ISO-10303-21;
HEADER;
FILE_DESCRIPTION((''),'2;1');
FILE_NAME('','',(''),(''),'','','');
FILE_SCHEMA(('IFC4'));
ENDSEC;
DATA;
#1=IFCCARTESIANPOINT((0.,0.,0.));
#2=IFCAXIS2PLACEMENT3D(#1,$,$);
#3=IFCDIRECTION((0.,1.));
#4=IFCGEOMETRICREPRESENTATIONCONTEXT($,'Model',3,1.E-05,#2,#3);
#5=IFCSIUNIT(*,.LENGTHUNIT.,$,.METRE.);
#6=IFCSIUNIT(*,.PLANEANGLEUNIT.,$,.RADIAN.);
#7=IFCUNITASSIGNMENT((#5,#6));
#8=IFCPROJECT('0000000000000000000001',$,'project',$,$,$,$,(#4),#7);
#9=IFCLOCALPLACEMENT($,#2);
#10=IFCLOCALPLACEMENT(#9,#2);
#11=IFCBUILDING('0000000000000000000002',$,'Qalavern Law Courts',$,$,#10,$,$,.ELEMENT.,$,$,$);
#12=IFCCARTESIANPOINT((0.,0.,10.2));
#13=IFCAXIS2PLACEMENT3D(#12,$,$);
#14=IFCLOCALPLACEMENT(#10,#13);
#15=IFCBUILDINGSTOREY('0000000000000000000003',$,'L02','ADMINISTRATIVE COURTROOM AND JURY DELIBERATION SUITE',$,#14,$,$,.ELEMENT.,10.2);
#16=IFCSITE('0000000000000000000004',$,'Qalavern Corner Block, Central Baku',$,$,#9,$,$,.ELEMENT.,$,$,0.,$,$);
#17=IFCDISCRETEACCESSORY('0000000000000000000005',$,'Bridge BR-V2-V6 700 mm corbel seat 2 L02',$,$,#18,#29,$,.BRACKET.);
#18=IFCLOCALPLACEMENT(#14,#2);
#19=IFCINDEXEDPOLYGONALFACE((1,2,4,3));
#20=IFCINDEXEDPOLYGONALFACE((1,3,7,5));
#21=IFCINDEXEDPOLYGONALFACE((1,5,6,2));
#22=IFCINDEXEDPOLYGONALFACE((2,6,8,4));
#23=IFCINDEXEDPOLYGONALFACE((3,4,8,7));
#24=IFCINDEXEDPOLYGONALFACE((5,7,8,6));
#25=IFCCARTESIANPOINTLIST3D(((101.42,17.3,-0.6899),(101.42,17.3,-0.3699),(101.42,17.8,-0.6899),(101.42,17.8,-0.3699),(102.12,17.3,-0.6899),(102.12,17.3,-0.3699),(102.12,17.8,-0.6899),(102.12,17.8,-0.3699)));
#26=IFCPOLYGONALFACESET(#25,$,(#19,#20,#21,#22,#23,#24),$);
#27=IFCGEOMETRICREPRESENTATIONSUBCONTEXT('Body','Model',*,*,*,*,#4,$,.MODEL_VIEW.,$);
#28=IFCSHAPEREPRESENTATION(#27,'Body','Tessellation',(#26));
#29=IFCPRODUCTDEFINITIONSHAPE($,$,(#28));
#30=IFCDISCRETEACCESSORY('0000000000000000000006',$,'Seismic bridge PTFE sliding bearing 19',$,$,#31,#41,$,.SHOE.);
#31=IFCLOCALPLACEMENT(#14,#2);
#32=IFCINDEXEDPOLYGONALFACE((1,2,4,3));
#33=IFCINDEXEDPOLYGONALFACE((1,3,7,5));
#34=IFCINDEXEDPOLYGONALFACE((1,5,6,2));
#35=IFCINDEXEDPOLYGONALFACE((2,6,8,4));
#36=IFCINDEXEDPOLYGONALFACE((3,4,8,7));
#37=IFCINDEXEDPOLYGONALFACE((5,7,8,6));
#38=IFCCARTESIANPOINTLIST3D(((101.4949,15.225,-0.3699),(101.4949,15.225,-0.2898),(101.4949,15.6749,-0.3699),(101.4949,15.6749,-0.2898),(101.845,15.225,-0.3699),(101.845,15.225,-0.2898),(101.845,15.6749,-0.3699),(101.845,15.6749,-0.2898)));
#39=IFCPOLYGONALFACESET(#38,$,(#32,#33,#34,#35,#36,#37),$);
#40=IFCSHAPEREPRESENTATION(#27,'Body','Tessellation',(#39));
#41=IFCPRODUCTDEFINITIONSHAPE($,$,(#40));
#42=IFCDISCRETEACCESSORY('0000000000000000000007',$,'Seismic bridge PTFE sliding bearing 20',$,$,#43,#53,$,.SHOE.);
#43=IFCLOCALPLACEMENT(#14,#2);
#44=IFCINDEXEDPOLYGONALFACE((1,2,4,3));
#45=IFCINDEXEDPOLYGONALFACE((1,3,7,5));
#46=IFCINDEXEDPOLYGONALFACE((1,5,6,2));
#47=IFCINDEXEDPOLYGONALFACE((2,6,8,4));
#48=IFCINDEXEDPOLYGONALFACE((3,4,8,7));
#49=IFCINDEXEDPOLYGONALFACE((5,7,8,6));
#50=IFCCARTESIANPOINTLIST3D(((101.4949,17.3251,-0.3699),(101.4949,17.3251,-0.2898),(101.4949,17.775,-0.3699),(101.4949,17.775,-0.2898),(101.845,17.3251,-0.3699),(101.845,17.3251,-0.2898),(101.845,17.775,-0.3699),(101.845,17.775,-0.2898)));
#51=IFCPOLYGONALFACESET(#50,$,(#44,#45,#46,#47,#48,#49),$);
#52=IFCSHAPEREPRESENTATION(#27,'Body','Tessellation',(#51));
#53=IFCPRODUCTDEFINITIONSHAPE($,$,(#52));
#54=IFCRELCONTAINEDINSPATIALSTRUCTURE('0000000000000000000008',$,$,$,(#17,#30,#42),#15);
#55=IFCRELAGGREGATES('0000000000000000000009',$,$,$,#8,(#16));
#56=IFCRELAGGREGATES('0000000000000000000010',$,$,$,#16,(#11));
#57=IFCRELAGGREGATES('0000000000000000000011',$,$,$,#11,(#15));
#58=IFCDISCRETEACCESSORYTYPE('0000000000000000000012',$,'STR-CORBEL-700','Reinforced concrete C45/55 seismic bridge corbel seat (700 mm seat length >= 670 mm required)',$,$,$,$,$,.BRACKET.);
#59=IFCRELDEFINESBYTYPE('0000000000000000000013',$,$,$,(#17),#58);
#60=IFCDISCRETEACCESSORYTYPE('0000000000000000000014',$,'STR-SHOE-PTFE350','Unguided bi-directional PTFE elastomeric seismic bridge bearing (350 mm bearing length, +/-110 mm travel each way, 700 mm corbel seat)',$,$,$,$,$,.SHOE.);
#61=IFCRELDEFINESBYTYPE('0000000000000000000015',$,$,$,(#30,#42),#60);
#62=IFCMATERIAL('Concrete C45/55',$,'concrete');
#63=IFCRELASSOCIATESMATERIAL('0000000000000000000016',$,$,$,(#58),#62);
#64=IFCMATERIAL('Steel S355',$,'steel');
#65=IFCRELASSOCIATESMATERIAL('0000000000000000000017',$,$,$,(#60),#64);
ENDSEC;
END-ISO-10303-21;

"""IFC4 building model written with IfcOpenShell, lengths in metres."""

from ifc_helpers import new_model, si_unit, direction, frame, origin, origin_2d, place, context, subcontext, project, spatial, rectangle, extrude, material, type_object, element, save


model = new_model("IFC4")

# Units and contexts
model_context = context("Model", 3, precision=1e-05, world=origin(), true_north=direction((0.0, 1.0)))
body_context = subcontext(model_context, "Body", "Model", "MODEL_VIEW")
ifc_project = project(units=[si_unit("LENGTHUNIT", "METRE"), si_unit("PLANEANGLEUNIT", "RADIAN")], contexts=[model_context])

# Site, building, storey
site_placement = place(None, origin())
site = spatial("IfcSite", under=ifc_project, at=site_placement, Name="Qalavern Corner Block, Central Baku", CompositionType="ELEMENT", RefElevation=0.0)
building_placement = place(site_placement, origin())
building = spatial("IfcBuilding", under=site, at=building_placement, Name="Qalavern Law Courts", CompositionType="ELEMENT")
storey_placement = place(building_placement, frame((0.0, 0.0, 10.2)))
storey = spatial("IfcBuildingStorey", under=building, at=storey_placement, Name="L02", Description="ADMINISTRATIVE COURTROOM AND JURY DELIBERATION SUITE", CompositionType="ELEMENT", Elevation=10.2)

# Shared definitions
ifc_material_1 = material(Name="Concrete C45/55", Category="concrete")

# Shared definitions
ifc_material_2 = material(Name="Steel S355", Category="steel")

# Discrete accessories
discrete_accessory_type_1 = type_object("IfcDiscreteAccessoryType", Name="STR-CORBEL-700", Description="Reinforced concrete C45/55 seismic bridge corbel seat (700 mm seat length >= 670 mm required)", PredefinedType="BRACKET", material=ifc_material_1)
for number, where, z_axis, x_axis, name in (
    (1, (101.77, 17.55, -0.6899), (0.0, 0.0, 1.0), (1.0, 0.0, 0.0), "Bridge BR-V2-V6 700 mm corbel seat 2 L02"),
):
    element("IfcDiscreteAccessory", number, at=place(storey_placement, frame(where, z_axis=z_axis, x_axis=x_axis)), inside=storey, type_object=discrete_accessory_type_1, Name=name, PredefinedType="BRACKET", context=body_context, shape_type="SweptSolid", body=[
        extrude(rectangle(XDim=0.7, YDim=0.5, at=origin_2d()), origin(), (0.0, 0.0, 1.0), 0.3201),
    ])
discrete_accessory_type_2 = type_object("IfcDiscreteAccessoryType", Name="STR-SHOE-PTFE350", Description="Unguided bi-directional PTFE elastomeric seismic bridge bearing (350 mm bearing length, +/-110 mm travel each way, 700 mm corbel seat)", PredefinedType="SHOE", material=ifc_material_2)
for number, where, z_axis, x_axis, name in (
    (2, (101.6699, 15.45, -0.3699), (0.0, 0.0, 1.0), (1.0, 0.0, 0.0), "Seismic bridge PTFE sliding bearing 19"),
    (3, (101.6699, 17.55, -0.3699), (0.0, 0.0, 1.0), (1.0, 0.0, 0.0), "Seismic bridge PTFE sliding bearing 20"),
):
    element("IfcDiscreteAccessory", number, at=place(storey_placement, frame(where, z_axis=z_axis, x_axis=x_axis)), inside=storey, type_object=discrete_accessory_type_2, Name=name, PredefinedType="SHOE", context=body_context, shape_type="SweptSolid", body=[
        extrude(rectangle(XDim=0.3501, YDim=0.45, at=origin_2d()), origin(), (0.0, 0.0, 1.0), 0.0801),
    ])

save(model, "model.ifc")
